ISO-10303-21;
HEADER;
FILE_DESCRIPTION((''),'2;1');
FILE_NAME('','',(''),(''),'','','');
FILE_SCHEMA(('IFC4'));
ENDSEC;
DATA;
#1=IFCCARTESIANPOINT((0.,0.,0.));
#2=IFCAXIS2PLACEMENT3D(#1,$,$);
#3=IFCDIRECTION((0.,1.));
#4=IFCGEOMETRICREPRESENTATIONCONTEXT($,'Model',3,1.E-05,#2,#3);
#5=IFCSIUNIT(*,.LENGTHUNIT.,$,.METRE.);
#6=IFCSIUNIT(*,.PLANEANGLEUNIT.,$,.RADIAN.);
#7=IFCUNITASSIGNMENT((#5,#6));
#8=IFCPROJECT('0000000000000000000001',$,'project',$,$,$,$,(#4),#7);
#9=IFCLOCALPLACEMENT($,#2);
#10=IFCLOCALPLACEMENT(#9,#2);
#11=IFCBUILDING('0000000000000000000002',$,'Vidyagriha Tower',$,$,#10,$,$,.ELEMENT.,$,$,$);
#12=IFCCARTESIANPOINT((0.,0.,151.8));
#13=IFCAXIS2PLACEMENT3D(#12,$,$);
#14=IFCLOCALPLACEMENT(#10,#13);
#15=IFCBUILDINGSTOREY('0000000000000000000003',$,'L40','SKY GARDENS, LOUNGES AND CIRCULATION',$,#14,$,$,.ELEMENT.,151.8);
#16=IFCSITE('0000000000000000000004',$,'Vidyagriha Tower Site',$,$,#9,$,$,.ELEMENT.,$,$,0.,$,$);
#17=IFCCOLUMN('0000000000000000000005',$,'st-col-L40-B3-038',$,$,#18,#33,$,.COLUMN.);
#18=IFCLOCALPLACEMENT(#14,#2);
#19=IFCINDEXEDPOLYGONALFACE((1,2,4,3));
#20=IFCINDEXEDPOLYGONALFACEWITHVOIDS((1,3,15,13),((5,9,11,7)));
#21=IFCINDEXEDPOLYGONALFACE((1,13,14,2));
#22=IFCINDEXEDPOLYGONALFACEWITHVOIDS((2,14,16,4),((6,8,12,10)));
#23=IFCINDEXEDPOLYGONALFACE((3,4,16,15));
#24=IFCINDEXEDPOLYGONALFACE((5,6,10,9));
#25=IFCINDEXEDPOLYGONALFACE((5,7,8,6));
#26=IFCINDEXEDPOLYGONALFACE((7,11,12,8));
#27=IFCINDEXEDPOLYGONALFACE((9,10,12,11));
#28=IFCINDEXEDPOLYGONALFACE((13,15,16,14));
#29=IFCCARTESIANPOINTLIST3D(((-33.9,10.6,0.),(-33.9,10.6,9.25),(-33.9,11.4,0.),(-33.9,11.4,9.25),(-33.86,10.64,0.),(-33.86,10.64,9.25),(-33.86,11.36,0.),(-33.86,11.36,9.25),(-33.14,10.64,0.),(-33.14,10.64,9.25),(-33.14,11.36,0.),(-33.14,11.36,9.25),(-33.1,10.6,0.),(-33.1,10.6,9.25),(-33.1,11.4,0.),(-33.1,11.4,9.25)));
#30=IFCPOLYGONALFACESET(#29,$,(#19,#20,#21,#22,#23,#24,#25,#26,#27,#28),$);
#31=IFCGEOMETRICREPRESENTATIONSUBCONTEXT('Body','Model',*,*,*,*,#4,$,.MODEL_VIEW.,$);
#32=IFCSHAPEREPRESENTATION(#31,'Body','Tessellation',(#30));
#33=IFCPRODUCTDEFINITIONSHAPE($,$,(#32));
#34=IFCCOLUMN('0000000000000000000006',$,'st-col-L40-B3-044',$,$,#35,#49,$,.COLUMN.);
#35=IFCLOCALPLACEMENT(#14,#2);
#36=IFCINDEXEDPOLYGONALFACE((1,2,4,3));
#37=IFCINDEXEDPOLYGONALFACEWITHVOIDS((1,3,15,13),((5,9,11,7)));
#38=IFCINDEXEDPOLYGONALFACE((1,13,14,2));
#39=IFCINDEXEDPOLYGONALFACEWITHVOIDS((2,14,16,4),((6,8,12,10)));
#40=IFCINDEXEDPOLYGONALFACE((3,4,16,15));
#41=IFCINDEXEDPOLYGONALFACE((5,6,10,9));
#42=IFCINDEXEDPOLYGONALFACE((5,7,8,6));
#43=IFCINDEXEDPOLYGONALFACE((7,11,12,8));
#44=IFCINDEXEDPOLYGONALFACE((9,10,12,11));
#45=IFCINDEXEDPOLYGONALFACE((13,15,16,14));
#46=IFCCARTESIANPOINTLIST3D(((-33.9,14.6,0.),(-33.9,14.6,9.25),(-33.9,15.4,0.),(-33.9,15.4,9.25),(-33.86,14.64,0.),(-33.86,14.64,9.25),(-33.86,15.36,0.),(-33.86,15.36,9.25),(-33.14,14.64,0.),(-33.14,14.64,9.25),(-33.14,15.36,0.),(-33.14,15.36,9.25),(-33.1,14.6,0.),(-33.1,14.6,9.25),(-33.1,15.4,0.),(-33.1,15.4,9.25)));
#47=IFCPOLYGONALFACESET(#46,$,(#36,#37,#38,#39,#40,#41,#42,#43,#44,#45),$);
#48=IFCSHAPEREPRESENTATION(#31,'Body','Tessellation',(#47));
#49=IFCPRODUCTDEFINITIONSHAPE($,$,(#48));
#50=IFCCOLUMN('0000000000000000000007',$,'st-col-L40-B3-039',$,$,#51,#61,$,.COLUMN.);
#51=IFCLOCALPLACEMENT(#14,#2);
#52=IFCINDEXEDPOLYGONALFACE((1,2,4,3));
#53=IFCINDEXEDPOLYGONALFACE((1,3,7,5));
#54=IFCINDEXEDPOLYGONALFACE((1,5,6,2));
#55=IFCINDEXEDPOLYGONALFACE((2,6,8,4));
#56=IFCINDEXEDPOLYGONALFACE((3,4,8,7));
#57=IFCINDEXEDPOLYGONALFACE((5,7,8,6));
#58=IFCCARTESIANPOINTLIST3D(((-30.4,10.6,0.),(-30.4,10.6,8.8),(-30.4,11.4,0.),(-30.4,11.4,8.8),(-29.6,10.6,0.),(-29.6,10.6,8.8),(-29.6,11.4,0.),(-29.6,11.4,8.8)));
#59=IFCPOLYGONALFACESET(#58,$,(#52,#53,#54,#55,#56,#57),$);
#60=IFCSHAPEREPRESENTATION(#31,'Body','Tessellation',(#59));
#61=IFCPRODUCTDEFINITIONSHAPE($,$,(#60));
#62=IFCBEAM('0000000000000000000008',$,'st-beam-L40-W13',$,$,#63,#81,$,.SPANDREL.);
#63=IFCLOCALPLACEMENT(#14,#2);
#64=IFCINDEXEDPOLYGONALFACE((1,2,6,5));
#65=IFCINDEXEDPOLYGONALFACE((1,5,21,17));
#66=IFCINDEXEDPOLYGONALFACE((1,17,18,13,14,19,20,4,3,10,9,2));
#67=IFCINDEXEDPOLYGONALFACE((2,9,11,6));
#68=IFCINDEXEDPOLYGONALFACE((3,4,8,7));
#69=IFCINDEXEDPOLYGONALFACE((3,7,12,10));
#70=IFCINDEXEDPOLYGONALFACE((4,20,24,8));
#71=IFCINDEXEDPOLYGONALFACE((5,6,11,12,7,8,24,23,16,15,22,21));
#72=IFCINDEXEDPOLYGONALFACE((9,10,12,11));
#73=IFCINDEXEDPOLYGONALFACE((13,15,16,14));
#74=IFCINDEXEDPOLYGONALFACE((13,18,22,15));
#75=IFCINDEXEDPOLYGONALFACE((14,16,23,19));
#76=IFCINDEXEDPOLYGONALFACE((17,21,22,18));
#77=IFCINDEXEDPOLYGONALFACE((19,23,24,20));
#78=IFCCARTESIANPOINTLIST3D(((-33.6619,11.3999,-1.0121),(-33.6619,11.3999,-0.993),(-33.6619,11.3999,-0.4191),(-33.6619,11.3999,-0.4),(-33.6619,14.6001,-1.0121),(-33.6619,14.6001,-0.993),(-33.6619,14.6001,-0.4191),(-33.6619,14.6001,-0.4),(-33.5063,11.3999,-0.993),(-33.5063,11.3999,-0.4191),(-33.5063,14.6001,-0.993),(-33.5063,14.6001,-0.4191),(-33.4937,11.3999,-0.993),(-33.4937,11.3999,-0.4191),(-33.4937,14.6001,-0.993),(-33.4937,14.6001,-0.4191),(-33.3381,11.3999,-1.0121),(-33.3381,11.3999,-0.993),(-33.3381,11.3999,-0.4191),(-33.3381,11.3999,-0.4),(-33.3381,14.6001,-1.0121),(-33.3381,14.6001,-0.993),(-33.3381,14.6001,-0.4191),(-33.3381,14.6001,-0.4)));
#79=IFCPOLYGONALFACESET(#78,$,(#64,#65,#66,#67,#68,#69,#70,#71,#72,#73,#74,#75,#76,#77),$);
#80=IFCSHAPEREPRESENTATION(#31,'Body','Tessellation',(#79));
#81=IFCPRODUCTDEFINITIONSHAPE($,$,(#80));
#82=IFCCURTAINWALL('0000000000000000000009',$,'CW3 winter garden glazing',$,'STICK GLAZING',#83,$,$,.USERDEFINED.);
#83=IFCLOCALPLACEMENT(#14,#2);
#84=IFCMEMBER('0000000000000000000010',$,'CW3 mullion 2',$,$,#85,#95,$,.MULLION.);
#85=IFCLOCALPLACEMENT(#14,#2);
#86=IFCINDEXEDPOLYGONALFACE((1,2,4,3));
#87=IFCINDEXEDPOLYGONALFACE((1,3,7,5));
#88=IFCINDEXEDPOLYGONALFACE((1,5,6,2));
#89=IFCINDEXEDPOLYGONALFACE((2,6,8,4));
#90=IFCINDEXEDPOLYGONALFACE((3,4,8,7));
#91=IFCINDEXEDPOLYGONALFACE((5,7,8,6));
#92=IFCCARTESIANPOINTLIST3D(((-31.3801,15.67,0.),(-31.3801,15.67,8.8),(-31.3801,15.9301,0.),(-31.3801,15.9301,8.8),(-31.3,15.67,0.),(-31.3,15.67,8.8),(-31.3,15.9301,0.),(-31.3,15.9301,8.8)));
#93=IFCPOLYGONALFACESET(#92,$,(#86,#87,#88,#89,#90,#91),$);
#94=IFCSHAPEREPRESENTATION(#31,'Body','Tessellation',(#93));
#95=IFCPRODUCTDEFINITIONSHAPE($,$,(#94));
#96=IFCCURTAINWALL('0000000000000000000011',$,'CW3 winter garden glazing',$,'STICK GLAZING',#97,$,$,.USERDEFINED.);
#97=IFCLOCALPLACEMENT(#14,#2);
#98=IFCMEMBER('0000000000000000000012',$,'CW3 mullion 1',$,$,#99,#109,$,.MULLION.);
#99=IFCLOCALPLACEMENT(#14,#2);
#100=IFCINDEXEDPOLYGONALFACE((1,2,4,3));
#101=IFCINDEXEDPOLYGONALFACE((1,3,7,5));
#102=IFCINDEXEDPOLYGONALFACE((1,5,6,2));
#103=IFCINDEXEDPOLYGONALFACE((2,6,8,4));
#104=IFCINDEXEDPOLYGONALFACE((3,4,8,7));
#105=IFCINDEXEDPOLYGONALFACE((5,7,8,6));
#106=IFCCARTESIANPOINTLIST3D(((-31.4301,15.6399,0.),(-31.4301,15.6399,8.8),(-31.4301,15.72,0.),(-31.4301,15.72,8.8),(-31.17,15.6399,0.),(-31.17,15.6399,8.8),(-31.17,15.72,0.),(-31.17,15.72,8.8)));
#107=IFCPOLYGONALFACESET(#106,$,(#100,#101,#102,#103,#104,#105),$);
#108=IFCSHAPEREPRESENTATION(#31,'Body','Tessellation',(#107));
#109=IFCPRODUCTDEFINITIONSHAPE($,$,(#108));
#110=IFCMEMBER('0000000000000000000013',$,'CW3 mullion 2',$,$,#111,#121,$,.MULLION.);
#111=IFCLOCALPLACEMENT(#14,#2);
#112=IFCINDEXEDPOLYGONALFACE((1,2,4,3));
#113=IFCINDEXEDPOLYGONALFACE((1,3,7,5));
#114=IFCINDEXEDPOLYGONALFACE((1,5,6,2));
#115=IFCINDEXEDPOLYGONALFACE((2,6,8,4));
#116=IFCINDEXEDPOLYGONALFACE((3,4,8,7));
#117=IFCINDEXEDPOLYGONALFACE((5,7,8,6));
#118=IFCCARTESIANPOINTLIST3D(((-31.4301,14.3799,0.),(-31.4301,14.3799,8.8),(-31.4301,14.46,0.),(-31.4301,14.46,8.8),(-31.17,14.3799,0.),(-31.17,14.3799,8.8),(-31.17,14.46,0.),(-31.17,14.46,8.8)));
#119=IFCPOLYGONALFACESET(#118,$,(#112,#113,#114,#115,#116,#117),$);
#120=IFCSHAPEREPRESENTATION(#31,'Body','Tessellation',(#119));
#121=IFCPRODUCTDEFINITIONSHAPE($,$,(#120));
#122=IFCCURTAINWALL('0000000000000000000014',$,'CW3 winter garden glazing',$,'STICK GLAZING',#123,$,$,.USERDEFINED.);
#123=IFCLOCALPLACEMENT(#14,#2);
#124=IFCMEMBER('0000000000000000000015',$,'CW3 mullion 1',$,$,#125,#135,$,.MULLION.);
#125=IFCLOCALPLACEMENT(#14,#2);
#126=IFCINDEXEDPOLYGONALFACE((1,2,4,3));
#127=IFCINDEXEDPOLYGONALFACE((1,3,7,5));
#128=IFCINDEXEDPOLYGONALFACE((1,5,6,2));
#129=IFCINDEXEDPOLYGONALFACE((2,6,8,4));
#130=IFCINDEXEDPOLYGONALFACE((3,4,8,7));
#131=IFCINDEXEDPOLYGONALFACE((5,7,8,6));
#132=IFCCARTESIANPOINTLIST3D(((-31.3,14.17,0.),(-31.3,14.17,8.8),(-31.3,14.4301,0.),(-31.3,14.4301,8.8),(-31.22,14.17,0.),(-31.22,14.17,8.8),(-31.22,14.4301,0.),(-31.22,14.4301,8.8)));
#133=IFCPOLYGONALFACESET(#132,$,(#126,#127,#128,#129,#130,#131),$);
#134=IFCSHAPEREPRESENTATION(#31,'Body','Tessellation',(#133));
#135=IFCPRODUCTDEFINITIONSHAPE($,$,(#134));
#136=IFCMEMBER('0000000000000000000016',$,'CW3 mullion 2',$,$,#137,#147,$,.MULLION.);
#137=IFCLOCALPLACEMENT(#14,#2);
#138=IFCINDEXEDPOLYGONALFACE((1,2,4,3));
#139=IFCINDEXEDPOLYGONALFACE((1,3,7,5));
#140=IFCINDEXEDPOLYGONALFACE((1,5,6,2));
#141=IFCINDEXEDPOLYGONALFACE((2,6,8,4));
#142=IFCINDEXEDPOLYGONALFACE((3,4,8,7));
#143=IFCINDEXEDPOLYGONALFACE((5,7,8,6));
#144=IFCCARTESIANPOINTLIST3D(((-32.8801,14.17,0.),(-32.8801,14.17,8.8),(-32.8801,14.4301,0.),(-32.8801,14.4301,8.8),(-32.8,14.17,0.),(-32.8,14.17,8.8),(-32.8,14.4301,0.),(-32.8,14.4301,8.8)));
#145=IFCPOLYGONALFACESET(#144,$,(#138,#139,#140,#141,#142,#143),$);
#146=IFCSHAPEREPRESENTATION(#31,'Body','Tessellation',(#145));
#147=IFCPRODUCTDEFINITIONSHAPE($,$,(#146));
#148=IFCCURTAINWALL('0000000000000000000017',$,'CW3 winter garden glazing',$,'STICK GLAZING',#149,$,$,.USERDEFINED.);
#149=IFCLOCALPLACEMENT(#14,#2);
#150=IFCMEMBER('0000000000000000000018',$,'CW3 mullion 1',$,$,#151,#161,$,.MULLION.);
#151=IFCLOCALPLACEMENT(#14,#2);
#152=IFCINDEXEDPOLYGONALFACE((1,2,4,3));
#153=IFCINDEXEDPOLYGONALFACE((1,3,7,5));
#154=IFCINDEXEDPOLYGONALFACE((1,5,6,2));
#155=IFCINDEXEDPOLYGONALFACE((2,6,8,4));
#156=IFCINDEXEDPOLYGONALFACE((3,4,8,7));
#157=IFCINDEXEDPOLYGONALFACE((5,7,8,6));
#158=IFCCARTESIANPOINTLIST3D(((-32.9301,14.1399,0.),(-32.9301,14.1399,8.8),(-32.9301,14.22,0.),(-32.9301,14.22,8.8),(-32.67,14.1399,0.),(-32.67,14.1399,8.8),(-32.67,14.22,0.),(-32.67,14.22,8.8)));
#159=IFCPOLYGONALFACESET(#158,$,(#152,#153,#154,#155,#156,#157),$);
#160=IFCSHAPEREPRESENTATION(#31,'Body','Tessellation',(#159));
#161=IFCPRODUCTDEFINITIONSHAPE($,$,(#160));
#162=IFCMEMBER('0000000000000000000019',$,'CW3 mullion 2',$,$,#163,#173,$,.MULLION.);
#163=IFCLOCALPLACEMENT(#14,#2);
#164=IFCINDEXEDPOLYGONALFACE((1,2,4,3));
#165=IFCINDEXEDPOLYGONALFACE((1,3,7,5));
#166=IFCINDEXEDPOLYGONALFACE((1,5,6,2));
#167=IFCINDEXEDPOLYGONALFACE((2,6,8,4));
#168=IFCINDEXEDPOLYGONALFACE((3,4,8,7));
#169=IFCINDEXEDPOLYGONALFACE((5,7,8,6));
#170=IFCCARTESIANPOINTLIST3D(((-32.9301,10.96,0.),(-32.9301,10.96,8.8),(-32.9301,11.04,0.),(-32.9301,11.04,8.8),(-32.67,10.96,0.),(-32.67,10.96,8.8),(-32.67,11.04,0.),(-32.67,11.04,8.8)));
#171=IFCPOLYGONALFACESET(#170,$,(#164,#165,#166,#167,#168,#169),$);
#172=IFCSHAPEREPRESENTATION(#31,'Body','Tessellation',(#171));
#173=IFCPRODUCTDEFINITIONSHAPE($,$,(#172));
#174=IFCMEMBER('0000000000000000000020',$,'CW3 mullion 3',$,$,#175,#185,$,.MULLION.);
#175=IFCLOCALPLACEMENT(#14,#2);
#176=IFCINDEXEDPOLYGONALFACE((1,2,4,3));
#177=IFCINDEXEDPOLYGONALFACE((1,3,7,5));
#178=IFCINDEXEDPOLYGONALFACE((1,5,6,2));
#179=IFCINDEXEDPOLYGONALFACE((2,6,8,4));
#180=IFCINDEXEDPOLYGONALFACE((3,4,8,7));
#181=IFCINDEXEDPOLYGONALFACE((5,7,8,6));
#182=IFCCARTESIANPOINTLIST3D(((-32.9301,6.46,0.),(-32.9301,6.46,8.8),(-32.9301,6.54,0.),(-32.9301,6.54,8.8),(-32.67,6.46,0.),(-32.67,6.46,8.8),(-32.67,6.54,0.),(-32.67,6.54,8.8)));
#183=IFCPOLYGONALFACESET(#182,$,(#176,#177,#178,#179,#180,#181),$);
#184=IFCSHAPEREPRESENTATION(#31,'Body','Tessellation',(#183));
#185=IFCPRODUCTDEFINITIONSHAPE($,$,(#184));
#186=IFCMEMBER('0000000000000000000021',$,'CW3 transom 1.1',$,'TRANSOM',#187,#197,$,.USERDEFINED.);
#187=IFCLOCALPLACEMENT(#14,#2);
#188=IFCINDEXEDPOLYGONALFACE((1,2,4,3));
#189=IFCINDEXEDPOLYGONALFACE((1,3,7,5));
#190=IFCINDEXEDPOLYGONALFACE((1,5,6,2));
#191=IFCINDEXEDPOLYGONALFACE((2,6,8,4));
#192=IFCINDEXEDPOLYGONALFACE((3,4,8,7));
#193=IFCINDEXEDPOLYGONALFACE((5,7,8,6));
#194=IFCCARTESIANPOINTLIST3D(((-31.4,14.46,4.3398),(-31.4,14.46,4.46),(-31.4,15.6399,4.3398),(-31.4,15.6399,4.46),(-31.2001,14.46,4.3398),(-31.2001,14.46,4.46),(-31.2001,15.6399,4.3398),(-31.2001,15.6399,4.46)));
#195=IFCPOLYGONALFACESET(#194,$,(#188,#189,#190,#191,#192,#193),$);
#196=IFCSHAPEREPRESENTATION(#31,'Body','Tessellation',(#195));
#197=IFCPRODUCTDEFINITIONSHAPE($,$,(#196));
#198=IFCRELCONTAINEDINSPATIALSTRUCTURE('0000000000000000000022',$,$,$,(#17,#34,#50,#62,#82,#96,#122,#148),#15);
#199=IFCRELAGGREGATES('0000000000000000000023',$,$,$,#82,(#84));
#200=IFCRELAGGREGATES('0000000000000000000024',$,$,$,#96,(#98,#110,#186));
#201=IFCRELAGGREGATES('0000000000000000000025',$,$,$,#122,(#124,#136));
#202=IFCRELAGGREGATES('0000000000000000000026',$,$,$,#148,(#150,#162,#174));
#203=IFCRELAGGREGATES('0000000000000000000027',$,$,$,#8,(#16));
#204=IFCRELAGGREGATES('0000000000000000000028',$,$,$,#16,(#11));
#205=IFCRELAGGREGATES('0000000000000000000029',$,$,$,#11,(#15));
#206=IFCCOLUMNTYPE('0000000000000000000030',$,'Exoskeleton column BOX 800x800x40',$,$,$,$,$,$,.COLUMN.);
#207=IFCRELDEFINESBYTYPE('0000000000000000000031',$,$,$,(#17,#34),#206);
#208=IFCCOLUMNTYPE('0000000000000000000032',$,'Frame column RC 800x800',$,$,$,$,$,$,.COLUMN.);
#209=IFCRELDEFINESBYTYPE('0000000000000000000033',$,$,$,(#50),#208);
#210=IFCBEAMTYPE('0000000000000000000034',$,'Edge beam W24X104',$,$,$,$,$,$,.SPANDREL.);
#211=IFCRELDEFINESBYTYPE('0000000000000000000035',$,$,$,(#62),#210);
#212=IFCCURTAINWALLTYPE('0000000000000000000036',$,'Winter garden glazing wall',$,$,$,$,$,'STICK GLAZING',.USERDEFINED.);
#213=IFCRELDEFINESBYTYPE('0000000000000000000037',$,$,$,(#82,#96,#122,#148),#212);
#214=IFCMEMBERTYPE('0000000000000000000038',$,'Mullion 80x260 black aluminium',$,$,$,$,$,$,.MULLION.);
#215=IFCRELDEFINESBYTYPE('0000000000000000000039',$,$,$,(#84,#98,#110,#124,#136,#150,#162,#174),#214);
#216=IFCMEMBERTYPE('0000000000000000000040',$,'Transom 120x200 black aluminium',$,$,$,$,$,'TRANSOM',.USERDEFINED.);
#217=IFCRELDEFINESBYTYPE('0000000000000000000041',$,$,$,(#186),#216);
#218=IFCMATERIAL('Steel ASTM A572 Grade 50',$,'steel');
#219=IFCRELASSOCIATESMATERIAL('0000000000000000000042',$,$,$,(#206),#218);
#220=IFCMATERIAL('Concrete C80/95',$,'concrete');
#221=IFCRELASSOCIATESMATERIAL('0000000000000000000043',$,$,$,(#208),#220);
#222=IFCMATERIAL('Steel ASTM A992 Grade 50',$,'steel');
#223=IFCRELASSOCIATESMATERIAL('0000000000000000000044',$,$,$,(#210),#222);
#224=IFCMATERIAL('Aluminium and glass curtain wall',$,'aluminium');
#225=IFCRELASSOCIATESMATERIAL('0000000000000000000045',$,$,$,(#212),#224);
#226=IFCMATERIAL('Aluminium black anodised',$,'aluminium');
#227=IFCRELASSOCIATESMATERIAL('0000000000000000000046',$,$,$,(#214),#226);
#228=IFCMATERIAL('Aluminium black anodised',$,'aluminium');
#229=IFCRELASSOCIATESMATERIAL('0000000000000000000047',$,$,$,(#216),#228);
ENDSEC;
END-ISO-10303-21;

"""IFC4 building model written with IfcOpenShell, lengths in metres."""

from ifc_helpers import new_model, si_unit, direction, frame, origin, origin_2d, place, context, subcontext, project, spatial, rectangle, hollow_rectangle, i_section, extrude, material, material_profile, profile_set, type_object, element, aggregate, save


model = new_model("IFC4")

# Units and contexts
model_context = context("Model", 3, precision=1e-05, world=origin(), true_north=direction((0.0, 1.0)))
body_context = subcontext(model_context, "Body", "Model", "MODEL_VIEW")
ifc_project = project(units=[si_unit("LENGTHUNIT", "METRE"), si_unit("PLANEANGLEUNIT", "RADIAN")], contexts=[model_context])

# Site, building, storey
site_placement = place(None, origin())
site = spatial("IfcSite", under=ifc_project, at=site_placement, Name="Vidyagriha Tower Site", CompositionType="ELEMENT", RefElevation=0.0)
building_placement = place(site_placement, origin())
building = spatial("IfcBuilding", under=site, at=building_placement, Name="Vidyagriha Tower", CompositionType="ELEMENT")
storey_placement = place(building_placement, frame((0.0, 0.0, 151.8)))
storey = spatial("IfcBuildingStorey", under=building, at=storey_placement, Name="L40", Description="SKY GARDENS, LOUNGES AND CIRCULATION", CompositionType="ELEMENT", Elevation=151.8)

# Columns
ifc_material_1 = material(Name="Steel ASTM A572 Grade 50", Category="steel")
ifc_material_profile_1 = material_profile(ifc_material_1, hollow_rectangle(XDim=0.8, YDim=0.8, WallThickness=0.04, at=origin_2d()), Name="BOX 800x800x40")
ifc_profile_set_1 = profile_set([ifc_material_profile_1], Name="Steel ASTM A572 Grade 50")
column_type_1 = type_object("IfcColumnType", Name="Exoskeleton column BOX 800x800x40", PredefinedType="COLUMN", material=ifc_profile_set_1)
for number, where, name in (
    (1, (-33.5, 11.0, 0.0), "st-col-L40-B3-038"),
    (2, (-33.5, 15.0, 0.0), "st-col-L40-B3-044"),
):
    element("IfcColumn", number, at=place(storey_placement, frame(where)), inside=storey, type_object=column_type_1, Name=name, PredefinedType="COLUMN", context=body_context, shape_type="SweptSolid", body=[
        extrude(hollow_rectangle(XDim=0.8, YDim=0.8, WallThickness=0.04, at=origin_2d()), origin(), (0.0, 0.0, 1.0), 9.25),
    ])
ifc_material_2 = material(Name="Concrete C80/95", Category="concrete")
ifc_material_profile_2 = material_profile(ifc_material_2, rectangle(XDim=0.8, YDim=0.8, at=origin_2d()), Name="RC 800x800")
ifc_profile_set_2 = profile_set([ifc_material_profile_2], Name="Concrete C80/95")
column_type_2 = type_object("IfcColumnType", Name="Frame column RC 800x800", PredefinedType="COLUMN", material=ifc_profile_set_2)
column_placement = place(storey_placement, frame((-30.0, 11.0, 0.0)))
element("IfcColumn", 3, at=column_placement, inside=storey, type_object=column_type_2, Name="st-col-L40-B3-039", PredefinedType="COLUMN", context=body_context, shape_type="SweptSolid", body=[
    extrude(rectangle(XDim=0.8, YDim=0.8, at=origin_2d()), origin(), (0.0, 0.0, 1.0), 8.8),
])

# Beam
ifc_material_3 = material(Name="Steel ASTM A992 Grade 50", Category="steel")
ifc_material_profile_3 = material_profile(ifc_material_3, i_section(OverallWidth=0.3237, OverallDepth=0.6121, WebThickness=0.0127, FlangeThickness=0.019, at=origin_2d()), Name="W24X104")
ifc_profile_set_3 = profile_set([ifc_material_profile_3], Name="Steel ASTM A992 Grade 50")
beam_type = type_object("IfcBeamType", Name="Edge beam W24X104", PredefinedType="SPANDREL", material=ifc_profile_set_3)
beam_placement = place(storey_placement, frame((-33.5, 11.3999, -0.7061), z_axis=(0.0, 1.0, 0.0), x_axis=(-1.0, 0.0, 0.0)))
element("IfcBeam", 4, at=beam_placement, inside=storey, type_object=beam_type, Name="st-beam-L40-W13", PredefinedType="SPANDREL", context=body_context, shape_type="SweptSolid", body=[
    extrude(i_section(OverallWidth=0.3237, OverallDepth=0.6121, WebThickness=0.0127, FlangeThickness=0.019, at=origin_2d()), origin(), (0.0, 0.0, 1.0), 3.2002),
])

# Curtain wall, member
ifc_material_4 = material(Name="Aluminium and glass curtain wall", Category="aluminium")
curtain_wall_type = type_object("IfcCurtainWallType", Name="Winter garden glazing wall", ElementType="STICK GLAZING", PredefinedType="USERDEFINED", material=ifc_material_4)
curtain_wall_1_placement = place(storey_placement, origin())
curtain_wall_1 = element("IfcCurtainWall", 5, at=curtain_wall_1_placement, inside=storey, type_object=curtain_wall_type, Name="CW3 winter garden glazing", ObjectType="STICK GLAZING", PredefinedType="USERDEFINED")
ifc_material_5 = material(Name="Aluminium black anodised", Category="aluminium")
ifc_material_profile_4 = material_profile(ifc_material_5, rectangle(XDim=0.26, YDim=0.0801, at=origin_2d()), Name="Mullion 80x260 black aluminium")
ifc_profile_set_4 = profile_set([ifc_material_profile_4], Name="Aluminium black anodised")
member_type_1 = type_object("IfcMemberType", Name="Mullion 80x260 black aluminium", PredefinedType="MULLION", material=ifc_profile_set_4)
member_1_placement = place(storey_placement, frame((-31.3401, 15.8, 0.0), z_axis=(0.0, 0.0, 1.0), x_axis=(0.0, -1.0, 0.0)))
member_1 = element("IfcMember", 6, at=member_1_placement, type_object=member_type_1, Name="CW3 mullion 2", PredefinedType="MULLION", context=body_context, shape_type="SweptSolid", body=[
    extrude(rectangle(XDim=0.26, YDim=0.0801, at=origin_2d()), origin(), (0.0, 0.0, 1.0), 8.8),
])

# Curtain walls, members
curtain_wall_2_placement = place(storey_placement, origin())
curtain_wall_2 = element("IfcCurtainWall", 7, at=curtain_wall_2_placement, inside=storey, type_object=curtain_wall_type, Name="CW3 winter garden glazing", ObjectType="STICK GLAZING", PredefinedType="USERDEFINED")
member_2_placement = place(storey_placement, frame((-31.3, 15.6799, 0.0)))
member_2 = element("IfcMember", 8, at=member_2_placement, type_object=member_type_1, Name="CW3 mullion 1", PredefinedType="MULLION", context=body_context, shape_type="SweptSolid", body=[
    extrude(rectangle(XDim=0.26, YDim=0.0801, at=origin_2d()), origin(), (0.0, 0.0, 1.0), 8.8),
])
member_3_placement = place(storey_placement, frame((-31.3, 14.4199, 0.0)))
member_3 = element("IfcMember", 9, at=member_3_placement, type_object=member_type_1, Name="CW3 mullion 2", PredefinedType="MULLION", context=body_context, shape_type="SweptSolid", body=[
    extrude(rectangle(XDim=0.26, YDim=0.0801, at=origin_2d()), origin(), (0.0, 0.0, 1.0), 8.8),
])
curtain_wall_3_placement = place(storey_placement, origin())
curtain_wall_3 = element("IfcCurtainWall", 10, at=curtain_wall_3_placement, inside=storey, type_object=curtain_wall_type, Name="CW3 winter garden glazing", ObjectType="STICK GLAZING", PredefinedType="USERDEFINED")
member_4_placement = place(storey_placement, frame((-31.26, 14.3, 0.0), z_axis=(0.0, 0.0, 1.0), x_axis=(0.0, -1.0, 0.0)))
member_4 = element("IfcMember", 11, at=member_4_placement, type_object=member_type_1, Name="CW3 mullion 1", PredefinedType="MULLION", context=body_context, shape_type="SweptSolid", body=[
    extrude(rectangle(XDim=0.26, YDim=0.0801, at=origin_2d()), origin(), (0.0, 0.0, 1.0), 8.8),
])
member_5_placement = place(storey_placement, frame((-32.8401, 14.3, 0.0), z_axis=(0.0, 0.0, 1.0), x_axis=(0.0, -1.0, 0.0)))
member_5 = element("IfcMember", 12, at=member_5_placement, type_object=member_type_1, Name="CW3 mullion 2", PredefinedType="MULLION", context=body_context, shape_type="SweptSolid", body=[
    extrude(rectangle(XDim=0.26, YDim=0.0801, at=origin_2d()), origin(), (0.0, 0.0, 1.0), 8.8),
])
curtain_wall_4_placement = place(storey_placement, origin())
curtain_wall_4 = element("IfcCurtainWall", 13, at=curtain_wall_4_placement, inside=storey, type_object=curtain_wall_type, Name="CW3 winter garden glazing", ObjectType="STICK GLAZING", PredefinedType="USERDEFINED")
member_6_placement = place(storey_placement, frame((-32.8, 14.1799, 0.0)))
member_6 = element("IfcMember", 14, at=member_6_placement, type_object=member_type_1, Name="CW3 mullion 1", PredefinedType="MULLION", context=body_context, shape_type="SweptSolid", body=[
    extrude(rectangle(XDim=0.26, YDim=0.0801, at=origin_2d()), origin(), (0.0, 0.0, 1.0), 8.8),
])
member_7_placement = place(storey_placement, frame((-32.8, 11.0, 0.0)))
member_7 = element("IfcMember", 15, at=member_7_placement, type_object=member_type_1, Name="CW3 mullion 2", PredefinedType="MULLION", context=body_context, shape_type="SweptSolid", body=[
    extrude(rectangle(XDim=0.26, YDim=0.0801, at=origin_2d()), origin(), (0.0, 0.0, 1.0), 8.8),
])
member_8_placement = place(storey_placement, frame((-32.8, 6.5, 0.0)))
member_8 = element("IfcMember", 16, at=member_8_placement, type_object=member_type_1, Name="CW3 mullion 3", PredefinedType="MULLION", context=body_context, shape_type="SweptSolid", body=[
    extrude(rectangle(XDim=0.26, YDim=0.0801, at=origin_2d()), origin(), (0.0, 0.0, 1.0), 8.8),
])

# Member
ifc_material_6 = material(Name="Aluminium black anodised", Category="aluminium")
ifc_material_profile_5 = material_profile(ifc_material_6, rectangle(XDim=0.2, YDim=0.1201, at=origin_2d()), Name="Transom 120x200 black aluminium")
ifc_profile_set_5 = profile_set([ifc_material_profile_5], Name="Aluminium black anodised")
member_type_2 = type_object("IfcMemberType", Name="Transom 120x200 black aluminium", ElementType="TRANSOM", PredefinedType="USERDEFINED", material=ifc_profile_set_5)
member_9_placement = place(storey_placement, frame((-31.3, 15.6399, 4.3999), z_axis=(0.0, -1.0, 0.0), x_axis=(1.0, 0.0, 0.0)))
member_9 = element("IfcMember", 17, at=member_9_placement, type_object=member_type_2, Name="CW3 transom 1.1", ObjectType="TRANSOM", PredefinedType="USERDEFINED", context=body_context, shape_type="SweptSolid", body=[
    extrude(rectangle(XDim=0.2, YDim=0.1201, at=origin_2d()), origin(), (0.0, 0.0, 1.0), 1.1799),
])

aggregate(curtain_wall_1, [member_1])
aggregate(curtain_wall_2, [member_2, member_3, member_9])
aggregate(curtain_wall_3, [member_4, member_5])
aggregate(curtain_wall_4, [member_6, member_7, member_8])

save(model, "model.ifc")
